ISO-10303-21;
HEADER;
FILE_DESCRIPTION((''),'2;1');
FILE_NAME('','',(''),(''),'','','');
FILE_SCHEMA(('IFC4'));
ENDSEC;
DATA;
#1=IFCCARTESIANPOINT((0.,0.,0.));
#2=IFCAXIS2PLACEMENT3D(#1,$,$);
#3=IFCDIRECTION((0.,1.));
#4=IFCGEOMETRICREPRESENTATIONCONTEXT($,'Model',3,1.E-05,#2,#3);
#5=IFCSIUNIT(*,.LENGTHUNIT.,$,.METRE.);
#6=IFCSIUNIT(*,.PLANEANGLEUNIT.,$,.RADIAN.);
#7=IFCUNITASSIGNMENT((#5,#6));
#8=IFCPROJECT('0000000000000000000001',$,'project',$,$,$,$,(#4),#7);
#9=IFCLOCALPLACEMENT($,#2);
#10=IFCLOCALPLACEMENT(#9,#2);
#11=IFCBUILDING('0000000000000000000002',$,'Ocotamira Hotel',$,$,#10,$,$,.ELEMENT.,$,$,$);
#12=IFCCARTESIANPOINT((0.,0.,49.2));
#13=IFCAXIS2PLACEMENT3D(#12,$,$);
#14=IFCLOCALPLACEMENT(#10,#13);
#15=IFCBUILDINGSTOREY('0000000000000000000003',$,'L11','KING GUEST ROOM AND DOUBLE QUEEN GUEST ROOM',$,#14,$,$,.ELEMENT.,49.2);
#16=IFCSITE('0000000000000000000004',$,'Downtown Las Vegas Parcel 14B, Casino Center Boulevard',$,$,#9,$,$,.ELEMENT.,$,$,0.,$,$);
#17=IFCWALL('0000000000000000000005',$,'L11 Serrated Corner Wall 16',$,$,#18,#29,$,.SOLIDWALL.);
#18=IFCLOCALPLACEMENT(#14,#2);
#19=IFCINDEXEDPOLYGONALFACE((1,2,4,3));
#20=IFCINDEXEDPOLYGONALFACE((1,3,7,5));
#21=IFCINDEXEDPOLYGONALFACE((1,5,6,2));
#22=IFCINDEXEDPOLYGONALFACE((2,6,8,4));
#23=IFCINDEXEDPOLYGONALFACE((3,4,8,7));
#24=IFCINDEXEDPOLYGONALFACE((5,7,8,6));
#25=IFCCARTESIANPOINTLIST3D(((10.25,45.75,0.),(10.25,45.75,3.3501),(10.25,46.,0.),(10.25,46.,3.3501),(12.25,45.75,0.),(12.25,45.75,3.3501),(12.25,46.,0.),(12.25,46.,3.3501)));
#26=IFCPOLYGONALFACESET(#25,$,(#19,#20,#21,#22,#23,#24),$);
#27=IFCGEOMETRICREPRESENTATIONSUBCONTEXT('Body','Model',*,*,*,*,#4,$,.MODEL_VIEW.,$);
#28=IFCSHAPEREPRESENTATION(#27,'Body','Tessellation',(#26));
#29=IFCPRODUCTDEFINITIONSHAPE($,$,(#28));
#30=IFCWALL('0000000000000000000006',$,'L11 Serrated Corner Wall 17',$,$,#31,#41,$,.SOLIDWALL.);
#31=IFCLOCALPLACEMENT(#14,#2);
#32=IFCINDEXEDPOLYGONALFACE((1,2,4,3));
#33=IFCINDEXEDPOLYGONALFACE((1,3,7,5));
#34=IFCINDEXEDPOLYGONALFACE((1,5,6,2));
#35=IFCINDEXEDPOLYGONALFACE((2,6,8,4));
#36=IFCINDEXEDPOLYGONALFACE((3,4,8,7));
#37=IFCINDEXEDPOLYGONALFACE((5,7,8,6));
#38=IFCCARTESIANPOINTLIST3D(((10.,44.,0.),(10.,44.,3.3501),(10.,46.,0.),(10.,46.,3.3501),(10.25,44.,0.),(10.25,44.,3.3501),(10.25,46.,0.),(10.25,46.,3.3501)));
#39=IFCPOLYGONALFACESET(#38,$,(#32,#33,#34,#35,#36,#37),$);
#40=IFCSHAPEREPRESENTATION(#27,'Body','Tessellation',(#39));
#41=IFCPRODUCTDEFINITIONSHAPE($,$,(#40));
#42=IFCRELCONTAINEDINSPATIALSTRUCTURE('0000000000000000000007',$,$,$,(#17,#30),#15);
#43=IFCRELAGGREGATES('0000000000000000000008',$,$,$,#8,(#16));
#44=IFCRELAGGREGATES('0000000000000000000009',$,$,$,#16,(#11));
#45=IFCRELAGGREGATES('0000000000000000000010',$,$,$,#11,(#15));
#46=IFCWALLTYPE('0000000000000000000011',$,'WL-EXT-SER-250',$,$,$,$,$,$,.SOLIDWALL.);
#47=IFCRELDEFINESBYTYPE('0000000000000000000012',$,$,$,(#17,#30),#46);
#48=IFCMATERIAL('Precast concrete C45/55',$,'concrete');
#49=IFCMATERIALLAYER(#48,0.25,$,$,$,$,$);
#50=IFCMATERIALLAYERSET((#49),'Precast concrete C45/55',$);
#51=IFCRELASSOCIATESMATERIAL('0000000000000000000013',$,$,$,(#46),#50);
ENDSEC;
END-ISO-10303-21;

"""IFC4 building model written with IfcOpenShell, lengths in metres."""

from ifc_helpers import new_model, si_unit, direction, frame, frame_2d, origin, place, context, subcontext, project, spatial, rectangle, extrude, material, layer, layer_set, type_object, element, save


model = new_model("IFC4")

# Units and contexts
model_context = context("Model", 3, precision=1e-05, world=origin(), true_north=direction((0.0, 1.0)))
body_context = subcontext(model_context, "Body", "Model", "MODEL_VIEW")
ifc_project = project(units=[si_unit("LENGTHUNIT", "METRE"), si_unit("PLANEANGLEUNIT", "RADIAN")], contexts=[model_context])

# Site, building, storey
site_placement = place(None, origin())
site = spatial("IfcSite", under=ifc_project, at=site_placement, Name="Downtown Las Vegas Parcel 14B, Casino Center Boulevard", CompositionType="ELEMENT", RefElevation=0.0)
building_placement = place(site_placement, origin())
building = spatial("IfcBuilding", under=site, at=building_placement, Name="Ocotamira Hotel", CompositionType="ELEMENT")
storey_placement = place(building_placement, frame((0.0, 0.0, 49.2)))
storey = spatial("IfcBuildingStorey", under=building, at=storey_placement, Name="L11", Description="KING GUEST ROOM AND DOUBLE QUEEN GUEST ROOM", CompositionType="ELEMENT", Elevation=49.2)

# Shared definitions
ifc_material_1 = material(Name="Precast concrete C45/55", Category="concrete")
ifc_layer_1 = layer(ifc_material_1, 0.25)
ifc_layer_set_1 = layer_set([ifc_layer_1], Name="Precast concrete C45/55")
wall_type_1 = type_object("IfcWallType", Name="WL-EXT-SER-250", PredefinedType="SOLIDWALL", material=ifc_layer_set_1)

# Walls
for number, where, z_axis, x_axis, name in (
    (1, (12.25, 45.875, 0.0), (0.0, 0.0, 1.0), (-1.0, 0.0, 0.0), "L11 Serrated Corner Wall 16"),
    (2, (10.125, 46.0, 0.0), (0.0, 0.0, 1.0), (0.0, -1.0, 0.0), "L11 Serrated Corner Wall 17"),
):
    element("IfcWall", number, at=place(storey_placement, frame(where, z_axis=z_axis, x_axis=x_axis)), inside=storey, type_object=wall_type_1, Name=name, PredefinedType="SOLIDWALL", context=body_context, shape_type="SweptSolid", body=[
        extrude(rectangle(XDim=2.0, YDim=0.25, at=frame_2d((1.0, 0.0))), origin(), (0.0, 0.0, 1.0), 3.3501),
    ])

save(model, "model.ifc")
